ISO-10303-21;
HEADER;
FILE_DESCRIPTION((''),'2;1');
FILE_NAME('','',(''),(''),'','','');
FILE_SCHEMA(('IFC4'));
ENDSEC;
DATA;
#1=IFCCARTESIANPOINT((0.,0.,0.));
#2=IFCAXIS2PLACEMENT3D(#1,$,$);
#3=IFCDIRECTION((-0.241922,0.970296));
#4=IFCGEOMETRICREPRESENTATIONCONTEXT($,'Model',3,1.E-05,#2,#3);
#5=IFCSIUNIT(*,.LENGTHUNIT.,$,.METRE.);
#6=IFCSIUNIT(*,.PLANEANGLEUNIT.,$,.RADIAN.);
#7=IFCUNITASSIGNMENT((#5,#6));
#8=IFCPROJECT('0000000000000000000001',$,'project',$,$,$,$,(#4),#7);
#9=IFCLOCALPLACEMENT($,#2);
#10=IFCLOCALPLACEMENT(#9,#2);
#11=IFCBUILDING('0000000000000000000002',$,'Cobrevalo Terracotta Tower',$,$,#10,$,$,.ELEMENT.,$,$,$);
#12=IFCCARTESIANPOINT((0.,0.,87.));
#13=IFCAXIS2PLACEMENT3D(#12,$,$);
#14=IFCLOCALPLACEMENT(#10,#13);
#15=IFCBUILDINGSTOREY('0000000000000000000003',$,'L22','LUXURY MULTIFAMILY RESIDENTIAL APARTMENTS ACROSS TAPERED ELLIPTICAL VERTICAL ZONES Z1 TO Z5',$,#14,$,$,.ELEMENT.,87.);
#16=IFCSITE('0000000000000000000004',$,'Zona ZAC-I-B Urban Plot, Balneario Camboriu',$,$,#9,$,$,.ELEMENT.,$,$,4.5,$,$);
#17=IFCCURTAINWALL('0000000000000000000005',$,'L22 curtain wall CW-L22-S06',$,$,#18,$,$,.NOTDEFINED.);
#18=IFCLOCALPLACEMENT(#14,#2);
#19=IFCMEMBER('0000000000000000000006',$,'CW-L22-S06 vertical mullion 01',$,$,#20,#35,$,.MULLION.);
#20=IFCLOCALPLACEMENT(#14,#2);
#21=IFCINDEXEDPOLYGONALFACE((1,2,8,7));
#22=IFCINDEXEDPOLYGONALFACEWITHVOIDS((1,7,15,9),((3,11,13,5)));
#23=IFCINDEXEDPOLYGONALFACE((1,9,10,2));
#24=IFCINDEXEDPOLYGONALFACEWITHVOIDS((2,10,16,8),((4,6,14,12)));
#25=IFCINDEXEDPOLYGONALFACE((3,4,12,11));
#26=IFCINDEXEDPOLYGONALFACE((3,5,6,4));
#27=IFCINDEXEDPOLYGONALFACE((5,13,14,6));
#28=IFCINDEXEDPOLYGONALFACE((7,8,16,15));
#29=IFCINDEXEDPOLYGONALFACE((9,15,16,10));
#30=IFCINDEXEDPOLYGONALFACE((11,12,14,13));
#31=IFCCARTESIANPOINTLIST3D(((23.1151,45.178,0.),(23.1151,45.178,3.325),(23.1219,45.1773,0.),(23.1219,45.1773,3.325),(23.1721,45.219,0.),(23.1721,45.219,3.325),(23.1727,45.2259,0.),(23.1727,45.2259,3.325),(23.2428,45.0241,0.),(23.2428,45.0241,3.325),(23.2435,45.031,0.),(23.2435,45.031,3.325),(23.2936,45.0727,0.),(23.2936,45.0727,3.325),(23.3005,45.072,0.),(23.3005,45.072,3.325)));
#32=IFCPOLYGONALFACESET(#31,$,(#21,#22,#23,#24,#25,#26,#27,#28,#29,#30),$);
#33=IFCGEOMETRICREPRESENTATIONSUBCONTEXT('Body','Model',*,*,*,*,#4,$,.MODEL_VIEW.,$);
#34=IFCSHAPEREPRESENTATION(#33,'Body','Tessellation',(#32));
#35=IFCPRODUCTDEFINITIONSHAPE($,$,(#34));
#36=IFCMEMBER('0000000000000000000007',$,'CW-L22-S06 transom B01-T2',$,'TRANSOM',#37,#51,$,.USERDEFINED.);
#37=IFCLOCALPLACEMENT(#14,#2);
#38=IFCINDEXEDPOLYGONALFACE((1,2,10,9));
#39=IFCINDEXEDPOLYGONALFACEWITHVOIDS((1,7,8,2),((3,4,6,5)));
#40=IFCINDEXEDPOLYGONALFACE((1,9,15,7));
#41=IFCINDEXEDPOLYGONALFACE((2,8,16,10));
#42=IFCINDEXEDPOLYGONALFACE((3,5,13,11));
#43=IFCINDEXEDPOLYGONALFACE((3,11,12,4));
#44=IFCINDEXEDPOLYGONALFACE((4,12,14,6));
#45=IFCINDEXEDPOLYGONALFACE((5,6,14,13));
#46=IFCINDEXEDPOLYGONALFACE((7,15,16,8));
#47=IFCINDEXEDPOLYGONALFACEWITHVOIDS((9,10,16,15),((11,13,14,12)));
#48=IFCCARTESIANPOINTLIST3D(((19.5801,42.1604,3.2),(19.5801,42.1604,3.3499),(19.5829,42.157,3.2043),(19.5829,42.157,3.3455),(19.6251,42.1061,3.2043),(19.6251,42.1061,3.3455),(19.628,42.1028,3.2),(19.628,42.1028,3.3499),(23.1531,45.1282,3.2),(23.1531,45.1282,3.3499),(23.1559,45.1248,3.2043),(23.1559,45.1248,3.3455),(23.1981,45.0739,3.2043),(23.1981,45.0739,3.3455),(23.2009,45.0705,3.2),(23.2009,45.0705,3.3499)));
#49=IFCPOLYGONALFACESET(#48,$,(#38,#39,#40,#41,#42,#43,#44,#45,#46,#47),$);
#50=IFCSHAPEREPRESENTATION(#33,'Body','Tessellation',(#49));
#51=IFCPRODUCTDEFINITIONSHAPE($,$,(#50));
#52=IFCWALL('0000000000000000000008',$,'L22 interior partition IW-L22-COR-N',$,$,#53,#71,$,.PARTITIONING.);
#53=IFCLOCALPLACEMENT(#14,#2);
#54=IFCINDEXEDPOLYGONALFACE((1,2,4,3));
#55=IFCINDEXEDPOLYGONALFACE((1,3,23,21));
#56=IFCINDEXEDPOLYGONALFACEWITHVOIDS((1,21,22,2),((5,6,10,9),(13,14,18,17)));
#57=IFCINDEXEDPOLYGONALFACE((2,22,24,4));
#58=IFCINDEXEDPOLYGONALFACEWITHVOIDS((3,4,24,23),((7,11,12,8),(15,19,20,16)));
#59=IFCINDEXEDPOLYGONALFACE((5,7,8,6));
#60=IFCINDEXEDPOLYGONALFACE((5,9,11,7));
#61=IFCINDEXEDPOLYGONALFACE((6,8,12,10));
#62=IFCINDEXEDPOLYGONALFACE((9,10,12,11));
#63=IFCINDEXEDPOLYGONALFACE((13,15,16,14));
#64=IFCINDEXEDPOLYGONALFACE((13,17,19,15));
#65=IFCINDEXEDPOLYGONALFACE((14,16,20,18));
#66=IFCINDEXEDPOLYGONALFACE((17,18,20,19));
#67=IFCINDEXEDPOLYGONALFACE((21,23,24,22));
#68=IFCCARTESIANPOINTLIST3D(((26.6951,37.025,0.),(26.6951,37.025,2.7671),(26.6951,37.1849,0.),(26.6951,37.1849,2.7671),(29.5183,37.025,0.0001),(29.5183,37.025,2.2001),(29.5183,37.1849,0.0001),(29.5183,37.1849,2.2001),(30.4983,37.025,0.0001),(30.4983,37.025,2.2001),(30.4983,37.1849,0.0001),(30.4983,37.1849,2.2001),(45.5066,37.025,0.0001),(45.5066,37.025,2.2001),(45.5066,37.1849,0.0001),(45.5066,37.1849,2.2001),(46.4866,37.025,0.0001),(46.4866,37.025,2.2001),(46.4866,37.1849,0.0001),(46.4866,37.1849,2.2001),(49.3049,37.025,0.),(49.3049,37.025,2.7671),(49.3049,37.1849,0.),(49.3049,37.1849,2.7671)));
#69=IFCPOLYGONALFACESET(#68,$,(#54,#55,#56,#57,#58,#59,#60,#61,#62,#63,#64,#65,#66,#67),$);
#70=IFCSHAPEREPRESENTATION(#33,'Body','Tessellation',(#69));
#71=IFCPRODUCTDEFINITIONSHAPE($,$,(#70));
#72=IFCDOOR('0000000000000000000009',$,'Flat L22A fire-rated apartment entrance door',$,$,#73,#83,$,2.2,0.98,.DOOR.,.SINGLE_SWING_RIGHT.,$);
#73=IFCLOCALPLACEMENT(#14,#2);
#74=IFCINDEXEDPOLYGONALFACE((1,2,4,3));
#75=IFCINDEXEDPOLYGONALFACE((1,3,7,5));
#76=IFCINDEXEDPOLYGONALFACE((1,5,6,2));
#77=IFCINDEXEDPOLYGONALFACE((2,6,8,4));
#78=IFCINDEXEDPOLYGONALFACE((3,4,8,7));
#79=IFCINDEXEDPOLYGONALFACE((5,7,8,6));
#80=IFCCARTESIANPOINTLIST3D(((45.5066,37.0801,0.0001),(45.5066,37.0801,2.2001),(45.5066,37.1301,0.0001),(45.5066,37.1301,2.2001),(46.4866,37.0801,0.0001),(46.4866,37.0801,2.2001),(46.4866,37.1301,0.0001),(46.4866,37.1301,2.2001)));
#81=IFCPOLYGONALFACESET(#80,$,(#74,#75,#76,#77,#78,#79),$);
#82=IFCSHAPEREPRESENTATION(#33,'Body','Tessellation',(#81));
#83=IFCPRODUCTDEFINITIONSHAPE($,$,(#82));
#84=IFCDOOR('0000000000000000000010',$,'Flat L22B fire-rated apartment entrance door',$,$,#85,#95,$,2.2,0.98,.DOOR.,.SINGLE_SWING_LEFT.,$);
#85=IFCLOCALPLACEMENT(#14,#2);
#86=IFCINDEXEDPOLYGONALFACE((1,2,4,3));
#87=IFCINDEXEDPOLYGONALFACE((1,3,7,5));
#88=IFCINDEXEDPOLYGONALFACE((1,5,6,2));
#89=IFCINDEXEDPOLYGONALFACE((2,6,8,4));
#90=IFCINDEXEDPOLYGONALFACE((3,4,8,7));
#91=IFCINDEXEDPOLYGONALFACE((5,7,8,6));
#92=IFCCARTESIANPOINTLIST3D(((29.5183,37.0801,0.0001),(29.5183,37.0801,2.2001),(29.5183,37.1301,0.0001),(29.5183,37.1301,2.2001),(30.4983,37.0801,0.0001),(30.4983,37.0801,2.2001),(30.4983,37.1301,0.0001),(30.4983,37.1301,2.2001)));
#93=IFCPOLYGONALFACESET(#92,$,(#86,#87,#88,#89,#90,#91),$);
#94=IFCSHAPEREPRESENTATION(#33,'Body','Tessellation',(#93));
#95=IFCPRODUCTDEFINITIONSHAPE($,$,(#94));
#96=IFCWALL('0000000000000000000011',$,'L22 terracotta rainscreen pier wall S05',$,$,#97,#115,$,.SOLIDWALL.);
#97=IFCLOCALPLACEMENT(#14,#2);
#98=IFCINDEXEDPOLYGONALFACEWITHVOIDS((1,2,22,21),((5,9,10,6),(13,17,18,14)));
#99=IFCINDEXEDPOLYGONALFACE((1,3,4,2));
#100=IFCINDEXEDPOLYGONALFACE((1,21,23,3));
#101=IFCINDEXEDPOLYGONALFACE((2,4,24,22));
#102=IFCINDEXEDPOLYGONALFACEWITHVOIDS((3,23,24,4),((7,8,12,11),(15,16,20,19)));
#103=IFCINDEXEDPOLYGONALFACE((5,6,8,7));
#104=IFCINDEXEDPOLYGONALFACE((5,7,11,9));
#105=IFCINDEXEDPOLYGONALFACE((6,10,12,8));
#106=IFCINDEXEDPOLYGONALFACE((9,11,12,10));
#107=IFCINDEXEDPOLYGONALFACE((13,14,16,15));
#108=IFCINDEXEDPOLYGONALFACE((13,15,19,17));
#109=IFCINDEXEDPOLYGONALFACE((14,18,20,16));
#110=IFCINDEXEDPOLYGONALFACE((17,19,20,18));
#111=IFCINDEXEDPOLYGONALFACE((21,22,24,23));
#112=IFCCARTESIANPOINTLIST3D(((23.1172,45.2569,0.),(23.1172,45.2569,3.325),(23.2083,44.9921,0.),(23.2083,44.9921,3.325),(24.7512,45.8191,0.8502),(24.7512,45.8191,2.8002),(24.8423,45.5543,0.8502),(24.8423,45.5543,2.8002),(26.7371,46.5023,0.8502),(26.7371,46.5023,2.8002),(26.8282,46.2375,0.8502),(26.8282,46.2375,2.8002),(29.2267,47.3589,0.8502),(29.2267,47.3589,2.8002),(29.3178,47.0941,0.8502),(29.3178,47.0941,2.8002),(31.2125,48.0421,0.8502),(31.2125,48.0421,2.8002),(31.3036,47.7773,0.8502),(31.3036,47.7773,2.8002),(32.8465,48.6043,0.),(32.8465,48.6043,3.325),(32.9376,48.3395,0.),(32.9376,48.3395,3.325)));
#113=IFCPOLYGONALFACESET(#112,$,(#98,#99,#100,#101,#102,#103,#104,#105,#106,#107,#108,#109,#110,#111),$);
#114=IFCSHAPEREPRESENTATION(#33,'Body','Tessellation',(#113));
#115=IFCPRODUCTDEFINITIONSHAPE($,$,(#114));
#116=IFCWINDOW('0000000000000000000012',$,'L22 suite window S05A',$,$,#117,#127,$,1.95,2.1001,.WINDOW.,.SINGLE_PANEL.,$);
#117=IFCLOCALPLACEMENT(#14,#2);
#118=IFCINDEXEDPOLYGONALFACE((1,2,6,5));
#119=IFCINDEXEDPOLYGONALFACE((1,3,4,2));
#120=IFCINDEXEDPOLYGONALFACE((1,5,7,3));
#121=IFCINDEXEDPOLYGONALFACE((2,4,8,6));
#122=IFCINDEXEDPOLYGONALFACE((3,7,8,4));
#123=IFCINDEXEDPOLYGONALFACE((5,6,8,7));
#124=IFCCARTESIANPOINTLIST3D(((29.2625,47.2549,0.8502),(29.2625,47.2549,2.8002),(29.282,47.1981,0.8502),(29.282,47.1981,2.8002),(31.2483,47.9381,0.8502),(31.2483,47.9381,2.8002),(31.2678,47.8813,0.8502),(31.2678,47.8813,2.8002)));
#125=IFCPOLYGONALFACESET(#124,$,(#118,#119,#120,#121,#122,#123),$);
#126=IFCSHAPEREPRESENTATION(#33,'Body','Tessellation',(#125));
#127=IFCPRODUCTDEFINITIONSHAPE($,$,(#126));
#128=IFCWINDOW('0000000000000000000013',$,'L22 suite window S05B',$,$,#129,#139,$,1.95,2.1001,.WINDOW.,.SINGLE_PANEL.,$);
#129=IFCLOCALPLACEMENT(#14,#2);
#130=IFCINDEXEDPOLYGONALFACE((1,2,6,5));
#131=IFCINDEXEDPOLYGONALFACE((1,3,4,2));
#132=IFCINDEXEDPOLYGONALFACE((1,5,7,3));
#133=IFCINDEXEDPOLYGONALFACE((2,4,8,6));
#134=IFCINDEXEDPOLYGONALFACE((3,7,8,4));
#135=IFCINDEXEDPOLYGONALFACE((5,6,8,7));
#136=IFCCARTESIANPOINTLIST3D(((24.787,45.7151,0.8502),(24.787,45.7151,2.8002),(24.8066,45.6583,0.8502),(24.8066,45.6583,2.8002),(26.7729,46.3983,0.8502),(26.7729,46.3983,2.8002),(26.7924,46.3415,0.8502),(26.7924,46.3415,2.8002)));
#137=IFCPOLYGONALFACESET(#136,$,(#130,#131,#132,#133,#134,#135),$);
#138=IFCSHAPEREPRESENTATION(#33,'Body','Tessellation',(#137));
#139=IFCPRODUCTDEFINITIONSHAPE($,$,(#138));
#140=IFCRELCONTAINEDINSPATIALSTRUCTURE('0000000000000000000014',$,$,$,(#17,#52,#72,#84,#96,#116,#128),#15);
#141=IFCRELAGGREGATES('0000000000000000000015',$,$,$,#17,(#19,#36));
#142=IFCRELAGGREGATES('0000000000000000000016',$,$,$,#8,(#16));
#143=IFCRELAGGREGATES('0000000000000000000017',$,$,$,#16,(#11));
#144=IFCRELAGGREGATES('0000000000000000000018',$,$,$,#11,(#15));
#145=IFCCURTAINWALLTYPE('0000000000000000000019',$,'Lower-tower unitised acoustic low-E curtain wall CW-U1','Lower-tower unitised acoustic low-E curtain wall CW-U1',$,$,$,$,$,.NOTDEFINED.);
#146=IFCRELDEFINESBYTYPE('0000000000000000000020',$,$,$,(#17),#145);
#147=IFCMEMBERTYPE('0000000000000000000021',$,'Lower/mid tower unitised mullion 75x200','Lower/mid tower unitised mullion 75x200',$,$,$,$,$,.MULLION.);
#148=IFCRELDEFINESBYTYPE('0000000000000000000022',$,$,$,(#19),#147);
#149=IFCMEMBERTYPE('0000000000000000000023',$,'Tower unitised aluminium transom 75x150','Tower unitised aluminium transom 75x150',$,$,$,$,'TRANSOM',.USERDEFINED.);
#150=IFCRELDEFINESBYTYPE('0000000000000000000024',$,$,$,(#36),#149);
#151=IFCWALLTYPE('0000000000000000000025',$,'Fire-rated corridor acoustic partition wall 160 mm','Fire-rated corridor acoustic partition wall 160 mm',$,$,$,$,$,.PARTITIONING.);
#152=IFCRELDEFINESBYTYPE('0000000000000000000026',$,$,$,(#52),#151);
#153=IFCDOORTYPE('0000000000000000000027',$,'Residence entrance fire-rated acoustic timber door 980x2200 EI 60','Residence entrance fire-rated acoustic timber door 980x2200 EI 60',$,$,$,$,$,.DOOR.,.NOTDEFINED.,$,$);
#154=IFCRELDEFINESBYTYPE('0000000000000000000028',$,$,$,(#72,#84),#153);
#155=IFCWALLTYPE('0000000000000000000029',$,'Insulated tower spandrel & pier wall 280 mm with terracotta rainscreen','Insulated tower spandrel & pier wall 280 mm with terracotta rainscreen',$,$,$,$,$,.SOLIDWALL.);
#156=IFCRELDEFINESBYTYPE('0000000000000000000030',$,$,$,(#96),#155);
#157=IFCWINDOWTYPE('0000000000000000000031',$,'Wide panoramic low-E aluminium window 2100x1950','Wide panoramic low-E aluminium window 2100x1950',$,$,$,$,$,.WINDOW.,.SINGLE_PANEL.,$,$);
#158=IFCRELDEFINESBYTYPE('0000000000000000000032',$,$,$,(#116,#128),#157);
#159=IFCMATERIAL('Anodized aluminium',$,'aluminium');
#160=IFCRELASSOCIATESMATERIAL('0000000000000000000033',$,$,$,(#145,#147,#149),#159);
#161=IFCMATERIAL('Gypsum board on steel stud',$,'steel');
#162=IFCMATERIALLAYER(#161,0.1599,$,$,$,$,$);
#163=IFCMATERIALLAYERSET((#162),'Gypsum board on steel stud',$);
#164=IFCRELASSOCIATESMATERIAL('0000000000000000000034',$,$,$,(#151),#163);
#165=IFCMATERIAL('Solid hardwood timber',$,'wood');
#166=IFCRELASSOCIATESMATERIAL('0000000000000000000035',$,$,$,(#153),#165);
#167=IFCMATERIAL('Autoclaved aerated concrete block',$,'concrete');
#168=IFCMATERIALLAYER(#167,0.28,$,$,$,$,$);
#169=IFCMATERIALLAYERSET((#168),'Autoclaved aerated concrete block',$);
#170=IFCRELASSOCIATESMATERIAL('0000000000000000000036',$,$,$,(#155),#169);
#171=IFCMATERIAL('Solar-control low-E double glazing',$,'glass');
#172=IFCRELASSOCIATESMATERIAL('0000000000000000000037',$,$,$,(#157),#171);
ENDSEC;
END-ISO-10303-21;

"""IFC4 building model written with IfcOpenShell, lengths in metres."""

from ifc_helpers import new_model, si_unit, direction, frame, frame_2d, origin, origin_2d, place, context, subcontext, project, spatial, rectangle, hollow_rectangle, extrude, source, transform, mapped, material, layer, layer_set, material_profile, profile_set, type_object, element, fill, aggregate, save


model = new_model("IFC4")

# Units and contexts
model_context = context("Model", 3, precision=1e-05, world=origin(), true_north=direction((-0.241922, 0.970296)))
body_context = subcontext(model_context, "Body", "Model", "MODEL_VIEW")
ifc_project = project(units=[si_unit("LENGTHUNIT", "METRE"), si_unit("PLANEANGLEUNIT", "RADIAN")], contexts=[model_context])

# Site, building, storey
site_placement = place(None, origin())
site = spatial("IfcSite", under=ifc_project, at=site_placement, Name="Zona ZAC-I-B Urban Plot, Balneario Camboriu", CompositionType="ELEMENT", RefElevation=4.5)
building_placement = place(site_placement, origin())
building = spatial("IfcBuilding", under=site, at=building_placement, Name="Cobrevalo Terracotta Tower", CompositionType="ELEMENT")
storey_placement = place(building_placement, frame((0.0, 0.0, 87.0)))
storey = spatial("IfcBuildingStorey", under=building, at=storey_placement, Name="L22", Description="LUXURY MULTIFAMILY RESIDENTIAL APARTMENTS ACROSS TAPERED ELLIPTICAL VERTICAL ZONES Z1 TO Z5", CompositionType="ELEMENT", Elevation=87.0)

# Shared definitions
ifc_material_1 = material(Name="Anodized aluminium", Category="aluminium")
curtain_wall_type = type_object("IfcCurtainWallType", Name="Lower-tower unitised acoustic low-E curtain wall CW-U1", Description="Lower-tower unitised acoustic low-E curtain wall CW-U1", PredefinedType="NOTDEFINED", material=ifc_material_1)
ifc_material_profile_1 = material_profile(ifc_material_1, hollow_rectangle(XDim=0.075, YDim=0.2, WallThickness=0.0049, at=origin_2d()), Name="CWM 75x200")
ifc_profile_set_1 = profile_set([ifc_material_profile_1], Name="Anodized aluminium")
member_type_1 = type_object("IfcMemberType", Name="Lower/mid tower unitised mullion 75x200", Description="Lower/mid tower unitised mullion 75x200", PredefinedType="MULLION", material=ifc_profile_set_1)
shared_shape_1 = source(origin(), body_context, "Body", "SweptSolid", [
    extrude(hollow_rectangle(XDim=0.075, YDim=0.2, WallThickness=0.0049, at=origin_2d()), origin(), (0.0, 0.0, 1.0), 3.325),
])

# Curtain wall, members
curtain_wall_1_placement = place(storey_placement, origin())
curtain_wall_1 = element("IfcCurtainWall", 1, at=curtain_wall_1_placement, inside=storey, type_object=curtain_wall_type, Name="L22 curtain wall CW-L22-S06", PredefinedType="NOTDEFINED")
member_1_placement = place(storey_placement, frame((23.2078, 45.125, 0.0), z_axis=(0.0, 0.0, 1.0), x_axis=(-0.769243, -0.638956, 0.0)))
member_1 = element("IfcMember", 2, at=member_1_placement, type_object=member_type_1, Name="CW-L22-S06 vertical mullion 01", PredefinedType="MULLION", context=body_context, shape_type="MappedRepresentation", body=[
    mapped(shared_shape_1, transform((0.0, 0.0, 0.0), scale=1.0)),
])
ifc_material_profile_2 = material_profile(ifc_material_1, hollow_rectangle(XDim=0.075, YDim=0.1499, WallThickness=0.0044, at=origin_2d()), Name="CWT 75x150")
ifc_profile_set_2 = profile_set([ifc_material_profile_2], Name="Anodized aluminium")
member_type_2 = type_object("IfcMemberType", Name="Tower unitised aluminium transom 75x150", Description="Tower unitised aluminium transom 75x150", ElementType="TRANSOM", PredefinedType="USERDEFINED", material=ifc_profile_set_2)
shared_shape_2 = source(origin(), body_context, "Body", "SweptSolid", [
    extrude(hollow_rectangle(XDim=0.075, YDim=0.1499, WallThickness=0.0044, at=origin_2d()), origin(), (0.0, 0.0, 1.0), 4.6448),
])
member_2_placement = place(storey_placement, frame((23.177, 45.0994, 3.2749), z_axis=(-0.76925, -0.638948, 0.0), x_axis=(0.638948, -0.76925, 0.0)))
member_2 = element("IfcMember", 3, at=member_2_placement, type_object=member_type_2, Name="CW-L22-S06 transom B01-T2", ObjectType="TRANSOM", PredefinedType="USERDEFINED", context=body_context, shape_type="MappedRepresentation", body=[
    mapped(shared_shape_2, transform((0.0, 0.0, 0.0), scale=1.0)),
])
aggregate(curtain_wall_1, [member_1, member_2])

# Wall, openings, doors
ifc_material_2 = material(Name="Gypsum board on steel stud", Category="steel")
ifc_layer_1 = layer(ifc_material_2, 0.1599)
ifc_layer_set_1 = layer_set([ifc_layer_1], Name="Gypsum board on steel stud")
wall_type_1 = type_object("IfcWallType", Name="Fire-rated corridor acoustic partition wall 160 mm", Description="Fire-rated corridor acoustic partition wall 160 mm", PredefinedType="PARTITIONING", material=ifc_layer_set_1)
wall_1_placement = place(storey_placement, frame((26.6951, 37.105, 0.0), z_axis=(0.0, 0.0, 1.0), x_axis=(1.0, 0.0, 0.0)))
wall_1 = element("IfcWall", 4, at=wall_1_placement, inside=storey, type_object=wall_type_1, Name="L22 interior partition IW-L22-COR-N", PredefinedType="PARTITIONING", context=body_context, shape_type="SweptSolid", body=[
    extrude(rectangle(XDim=22.6099, YDim=0.1599, at=frame_2d((11.3049, 0.0))), origin(), (0.0, 0.0, 1.0), 2.7671),
])
opening_1_placement = place(wall_1_placement, frame((18.8115, 0.0, 0.0)))
opening_1 = element("IfcOpeningElement", 5, at=opening_1_placement, cuts=wall_1, PredefinedType="OPENING", context=body_context, shape_type="SweptSolid", body=[
    extrude(rectangle(XDim=0.98, YDim=2.2, at=frame_2d((0.49, 1.1001))), frame((0.0, 0.0898, 0.0), z_axis=(0.0, -1.0, 0.0), x_axis=(1.0, 0.0, 0.0)), (0.0, 0.0, 1.0), 0.1799),
])
opening_2_placement = place(wall_1_placement, frame((2.8232, 0.0, 0.0)))
opening_2 = element("IfcOpeningElement", 6, at=opening_2_placement, cuts=wall_1, PredefinedType="OPENING", context=body_context, shape_type="SweptSolid", body=[
    extrude(rectangle(XDim=0.98, YDim=2.2, at=frame_2d((0.49, 1.1001))), frame((0.0, 0.0898, 0.0), z_axis=(0.0, -1.0, 0.0), x_axis=(1.0, 0.0, 0.0)), (0.0, 0.0, 1.0), 0.1799),
])
ifc_material_3 = material(Name="Solid hardwood timber", Category="wood")
door_type_1 = type_object("IfcDoorType", Name="Residence entrance fire-rated acoustic timber door 980x2200 EI 60", Description="Residence entrance fire-rated acoustic timber door 980x2200 EI 60", OperationType="NOTDEFINED", PredefinedType="DOOR", material=ifc_material_3)
shared_shape_3 = source(origin(), body_context, "Body", "SweptSolid", [
    extrude(rectangle(XDim=0.98, YDim=2.2, at=frame_2d((0.49, 1.1001))), frame((0.0, 0.0249, 0.0), z_axis=(0.0, -1.0, 0.0), x_axis=(1.0, 0.0, 0.0)), (0.0, 0.0, 1.0), 0.05),
])
door_1_placement = place(opening_1_placement, frame((0.98, 0.0, 0.0), z_axis=(0.0, 0.0, 1.0), x_axis=(-1.0, 0.0, 0.0)))
door_1 = element("IfcDoor", 7, at=door_1_placement, inside=storey, type_object=door_type_1, Name="Flat L22A fire-rated apartment entrance door", OperationType="SINGLE_SWING_RIGHT", OverallHeight=2.2, OverallWidth=0.98, PredefinedType="DOOR", context=body_context, shape_type="MappedRepresentation", body=[
    mapped(shared_shape_3, transform((0.0, 0.0, 0.0), scale=1.0)),
])
fill(opening_1, door_1)
door_2_placement = place(opening_2_placement, frame((0.98, 0.0, 0.0), z_axis=(0.0, 0.0, 1.0), x_axis=(-1.0, 0.0, 0.0)))
door_2 = element("IfcDoor", 8, at=door_2_placement, inside=storey, type_object=door_type_1, Name="Flat L22B fire-rated apartment entrance door", OperationType="SINGLE_SWING_LEFT", OverallHeight=2.2, OverallWidth=0.98, PredefinedType="DOOR", context=body_context, shape_type="MappedRepresentation", body=[
    mapped(shared_shape_3, transform((0.0, 0.0, 0.0), scale=1.0)),
])
fill(opening_2, door_2)

# Wall, openings, windows
ifc_material_4 = material(Name="Autoclaved aerated concrete block", Category="concrete")
ifc_layer_2 = layer(ifc_material_4, 0.28)
ifc_layer_set_2 = layer_set([ifc_layer_2], Name="Autoclaved aerated concrete block")
wall_type_2 = type_object("IfcWallType", Name="Insulated tower spandrel & pier wall 280 mm with terracotta rainscreen", Description="Insulated tower spandrel & pier wall 280 mm with terracotta rainscreen", PredefinedType="SOLIDWALL", material=ifc_layer_set_2)
wall_2_placement = place(storey_placement, frame((32.8921, 48.4719, 0.0), z_axis=(0.0, 0.0, 1.0), x_axis=(-0.945597, -0.325339, 0.0)))
wall_2 = element("IfcWall", 9, at=wall_2_placement, inside=storey, type_object=wall_type_2, Name="L22 terracotta rainscreen pier wall S05", PredefinedType="SOLIDWALL", context=body_context, shape_type="SweptSolid", body=[
    extrude(rectangle(XDim=10.2891, YDim=0.28, at=frame_2d((5.1445, 0.0))), origin(), (0.0, 0.0, 1.0), 3.325),
])
opening_3_placement = place(wall_2_placement, frame((1.728, 0.0, 0.8501)))
opening_3 = element("IfcOpeningElement", 10, at=opening_3_placement, cuts=wall_2, PredefinedType="OPENING", context=body_context, shape_type="SweptSolid", body=[
    extrude(rectangle(XDim=2.1001, YDim=1.95, at=frame_2d((1.05, 0.9751))), frame((0.0, 0.1499, 0.0), z_axis=(0.0, -1.0, 0.0), x_axis=(1.0, 0.0, 0.0)), (0.0, 0.0, 1.0), 0.3),
])
opening_4_placement = place(wall_2_placement, frame((6.4609, 0.0, 0.8501)))
opening_4 = element("IfcOpeningElement", 11, at=opening_4_placement, cuts=wall_2, PredefinedType="OPENING", context=body_context, shape_type="SweptSolid", body=[
    extrude(rectangle(XDim=2.1001, YDim=1.95, at=frame_2d((1.05, 0.9751))), frame((0.0, 0.1499, 0.0), z_axis=(0.0, -1.0, 0.0), x_axis=(1.0, 0.0, 0.0)), (0.0, 0.0, 1.0), 0.3),
])
ifc_material_5 = material(Name="Solar-control low-E double glazing", Category="glass")
window_type = type_object("IfcWindowType", Name="Wide panoramic low-E aluminium window 2100x1950", Description="Wide panoramic low-E aluminium window 2100x1950", PartitioningType="SINGLE_PANEL", PredefinedType="WINDOW", material=ifc_material_5)
shared_shape_4 = source(origin(), body_context, "Body", "SweptSolid", [
    extrude(rectangle(XDim=2.1001, YDim=1.95, at=frame_2d((1.05, 0.9751))), frame((0.0, 0.03, 0.0), z_axis=(0.0, -1.0, 0.0), x_axis=(1.0, 0.0, 0.0)), (0.0, 0.0, 1.0), 0.0601),
])
window_1_placement = place(opening_3_placement, origin())
window_1 = element("IfcWindow", 12, at=window_1_placement, inside=storey, type_object=window_type, Name="L22 suite window S05A", OverallHeight=1.95, OverallWidth=2.1001, PartitioningType="SINGLE_PANEL", PredefinedType="WINDOW", context=body_context, shape_type="MappedRepresentation", body=[
    mapped(shared_shape_4, transform((0.0, 0.0, 0.0), scale=1.0)),
])
fill(opening_3, window_1)
window_2_placement = place(opening_4_placement, origin())
window_2 = element("IfcWindow", 13, at=window_2_placement, inside=storey, type_object=window_type, Name="L22 suite window S05B", OverallHeight=1.95, OverallWidth=2.1001, PartitioningType="SINGLE_PANEL", PredefinedType="WINDOW", context=body_context, shape_type="MappedRepresentation", body=[
    mapped(shared_shape_4, transform((0.0, 0.0, 0.0), scale=1.0)),
])
fill(opening_4, window_2)

save(model, "model.ifc")
